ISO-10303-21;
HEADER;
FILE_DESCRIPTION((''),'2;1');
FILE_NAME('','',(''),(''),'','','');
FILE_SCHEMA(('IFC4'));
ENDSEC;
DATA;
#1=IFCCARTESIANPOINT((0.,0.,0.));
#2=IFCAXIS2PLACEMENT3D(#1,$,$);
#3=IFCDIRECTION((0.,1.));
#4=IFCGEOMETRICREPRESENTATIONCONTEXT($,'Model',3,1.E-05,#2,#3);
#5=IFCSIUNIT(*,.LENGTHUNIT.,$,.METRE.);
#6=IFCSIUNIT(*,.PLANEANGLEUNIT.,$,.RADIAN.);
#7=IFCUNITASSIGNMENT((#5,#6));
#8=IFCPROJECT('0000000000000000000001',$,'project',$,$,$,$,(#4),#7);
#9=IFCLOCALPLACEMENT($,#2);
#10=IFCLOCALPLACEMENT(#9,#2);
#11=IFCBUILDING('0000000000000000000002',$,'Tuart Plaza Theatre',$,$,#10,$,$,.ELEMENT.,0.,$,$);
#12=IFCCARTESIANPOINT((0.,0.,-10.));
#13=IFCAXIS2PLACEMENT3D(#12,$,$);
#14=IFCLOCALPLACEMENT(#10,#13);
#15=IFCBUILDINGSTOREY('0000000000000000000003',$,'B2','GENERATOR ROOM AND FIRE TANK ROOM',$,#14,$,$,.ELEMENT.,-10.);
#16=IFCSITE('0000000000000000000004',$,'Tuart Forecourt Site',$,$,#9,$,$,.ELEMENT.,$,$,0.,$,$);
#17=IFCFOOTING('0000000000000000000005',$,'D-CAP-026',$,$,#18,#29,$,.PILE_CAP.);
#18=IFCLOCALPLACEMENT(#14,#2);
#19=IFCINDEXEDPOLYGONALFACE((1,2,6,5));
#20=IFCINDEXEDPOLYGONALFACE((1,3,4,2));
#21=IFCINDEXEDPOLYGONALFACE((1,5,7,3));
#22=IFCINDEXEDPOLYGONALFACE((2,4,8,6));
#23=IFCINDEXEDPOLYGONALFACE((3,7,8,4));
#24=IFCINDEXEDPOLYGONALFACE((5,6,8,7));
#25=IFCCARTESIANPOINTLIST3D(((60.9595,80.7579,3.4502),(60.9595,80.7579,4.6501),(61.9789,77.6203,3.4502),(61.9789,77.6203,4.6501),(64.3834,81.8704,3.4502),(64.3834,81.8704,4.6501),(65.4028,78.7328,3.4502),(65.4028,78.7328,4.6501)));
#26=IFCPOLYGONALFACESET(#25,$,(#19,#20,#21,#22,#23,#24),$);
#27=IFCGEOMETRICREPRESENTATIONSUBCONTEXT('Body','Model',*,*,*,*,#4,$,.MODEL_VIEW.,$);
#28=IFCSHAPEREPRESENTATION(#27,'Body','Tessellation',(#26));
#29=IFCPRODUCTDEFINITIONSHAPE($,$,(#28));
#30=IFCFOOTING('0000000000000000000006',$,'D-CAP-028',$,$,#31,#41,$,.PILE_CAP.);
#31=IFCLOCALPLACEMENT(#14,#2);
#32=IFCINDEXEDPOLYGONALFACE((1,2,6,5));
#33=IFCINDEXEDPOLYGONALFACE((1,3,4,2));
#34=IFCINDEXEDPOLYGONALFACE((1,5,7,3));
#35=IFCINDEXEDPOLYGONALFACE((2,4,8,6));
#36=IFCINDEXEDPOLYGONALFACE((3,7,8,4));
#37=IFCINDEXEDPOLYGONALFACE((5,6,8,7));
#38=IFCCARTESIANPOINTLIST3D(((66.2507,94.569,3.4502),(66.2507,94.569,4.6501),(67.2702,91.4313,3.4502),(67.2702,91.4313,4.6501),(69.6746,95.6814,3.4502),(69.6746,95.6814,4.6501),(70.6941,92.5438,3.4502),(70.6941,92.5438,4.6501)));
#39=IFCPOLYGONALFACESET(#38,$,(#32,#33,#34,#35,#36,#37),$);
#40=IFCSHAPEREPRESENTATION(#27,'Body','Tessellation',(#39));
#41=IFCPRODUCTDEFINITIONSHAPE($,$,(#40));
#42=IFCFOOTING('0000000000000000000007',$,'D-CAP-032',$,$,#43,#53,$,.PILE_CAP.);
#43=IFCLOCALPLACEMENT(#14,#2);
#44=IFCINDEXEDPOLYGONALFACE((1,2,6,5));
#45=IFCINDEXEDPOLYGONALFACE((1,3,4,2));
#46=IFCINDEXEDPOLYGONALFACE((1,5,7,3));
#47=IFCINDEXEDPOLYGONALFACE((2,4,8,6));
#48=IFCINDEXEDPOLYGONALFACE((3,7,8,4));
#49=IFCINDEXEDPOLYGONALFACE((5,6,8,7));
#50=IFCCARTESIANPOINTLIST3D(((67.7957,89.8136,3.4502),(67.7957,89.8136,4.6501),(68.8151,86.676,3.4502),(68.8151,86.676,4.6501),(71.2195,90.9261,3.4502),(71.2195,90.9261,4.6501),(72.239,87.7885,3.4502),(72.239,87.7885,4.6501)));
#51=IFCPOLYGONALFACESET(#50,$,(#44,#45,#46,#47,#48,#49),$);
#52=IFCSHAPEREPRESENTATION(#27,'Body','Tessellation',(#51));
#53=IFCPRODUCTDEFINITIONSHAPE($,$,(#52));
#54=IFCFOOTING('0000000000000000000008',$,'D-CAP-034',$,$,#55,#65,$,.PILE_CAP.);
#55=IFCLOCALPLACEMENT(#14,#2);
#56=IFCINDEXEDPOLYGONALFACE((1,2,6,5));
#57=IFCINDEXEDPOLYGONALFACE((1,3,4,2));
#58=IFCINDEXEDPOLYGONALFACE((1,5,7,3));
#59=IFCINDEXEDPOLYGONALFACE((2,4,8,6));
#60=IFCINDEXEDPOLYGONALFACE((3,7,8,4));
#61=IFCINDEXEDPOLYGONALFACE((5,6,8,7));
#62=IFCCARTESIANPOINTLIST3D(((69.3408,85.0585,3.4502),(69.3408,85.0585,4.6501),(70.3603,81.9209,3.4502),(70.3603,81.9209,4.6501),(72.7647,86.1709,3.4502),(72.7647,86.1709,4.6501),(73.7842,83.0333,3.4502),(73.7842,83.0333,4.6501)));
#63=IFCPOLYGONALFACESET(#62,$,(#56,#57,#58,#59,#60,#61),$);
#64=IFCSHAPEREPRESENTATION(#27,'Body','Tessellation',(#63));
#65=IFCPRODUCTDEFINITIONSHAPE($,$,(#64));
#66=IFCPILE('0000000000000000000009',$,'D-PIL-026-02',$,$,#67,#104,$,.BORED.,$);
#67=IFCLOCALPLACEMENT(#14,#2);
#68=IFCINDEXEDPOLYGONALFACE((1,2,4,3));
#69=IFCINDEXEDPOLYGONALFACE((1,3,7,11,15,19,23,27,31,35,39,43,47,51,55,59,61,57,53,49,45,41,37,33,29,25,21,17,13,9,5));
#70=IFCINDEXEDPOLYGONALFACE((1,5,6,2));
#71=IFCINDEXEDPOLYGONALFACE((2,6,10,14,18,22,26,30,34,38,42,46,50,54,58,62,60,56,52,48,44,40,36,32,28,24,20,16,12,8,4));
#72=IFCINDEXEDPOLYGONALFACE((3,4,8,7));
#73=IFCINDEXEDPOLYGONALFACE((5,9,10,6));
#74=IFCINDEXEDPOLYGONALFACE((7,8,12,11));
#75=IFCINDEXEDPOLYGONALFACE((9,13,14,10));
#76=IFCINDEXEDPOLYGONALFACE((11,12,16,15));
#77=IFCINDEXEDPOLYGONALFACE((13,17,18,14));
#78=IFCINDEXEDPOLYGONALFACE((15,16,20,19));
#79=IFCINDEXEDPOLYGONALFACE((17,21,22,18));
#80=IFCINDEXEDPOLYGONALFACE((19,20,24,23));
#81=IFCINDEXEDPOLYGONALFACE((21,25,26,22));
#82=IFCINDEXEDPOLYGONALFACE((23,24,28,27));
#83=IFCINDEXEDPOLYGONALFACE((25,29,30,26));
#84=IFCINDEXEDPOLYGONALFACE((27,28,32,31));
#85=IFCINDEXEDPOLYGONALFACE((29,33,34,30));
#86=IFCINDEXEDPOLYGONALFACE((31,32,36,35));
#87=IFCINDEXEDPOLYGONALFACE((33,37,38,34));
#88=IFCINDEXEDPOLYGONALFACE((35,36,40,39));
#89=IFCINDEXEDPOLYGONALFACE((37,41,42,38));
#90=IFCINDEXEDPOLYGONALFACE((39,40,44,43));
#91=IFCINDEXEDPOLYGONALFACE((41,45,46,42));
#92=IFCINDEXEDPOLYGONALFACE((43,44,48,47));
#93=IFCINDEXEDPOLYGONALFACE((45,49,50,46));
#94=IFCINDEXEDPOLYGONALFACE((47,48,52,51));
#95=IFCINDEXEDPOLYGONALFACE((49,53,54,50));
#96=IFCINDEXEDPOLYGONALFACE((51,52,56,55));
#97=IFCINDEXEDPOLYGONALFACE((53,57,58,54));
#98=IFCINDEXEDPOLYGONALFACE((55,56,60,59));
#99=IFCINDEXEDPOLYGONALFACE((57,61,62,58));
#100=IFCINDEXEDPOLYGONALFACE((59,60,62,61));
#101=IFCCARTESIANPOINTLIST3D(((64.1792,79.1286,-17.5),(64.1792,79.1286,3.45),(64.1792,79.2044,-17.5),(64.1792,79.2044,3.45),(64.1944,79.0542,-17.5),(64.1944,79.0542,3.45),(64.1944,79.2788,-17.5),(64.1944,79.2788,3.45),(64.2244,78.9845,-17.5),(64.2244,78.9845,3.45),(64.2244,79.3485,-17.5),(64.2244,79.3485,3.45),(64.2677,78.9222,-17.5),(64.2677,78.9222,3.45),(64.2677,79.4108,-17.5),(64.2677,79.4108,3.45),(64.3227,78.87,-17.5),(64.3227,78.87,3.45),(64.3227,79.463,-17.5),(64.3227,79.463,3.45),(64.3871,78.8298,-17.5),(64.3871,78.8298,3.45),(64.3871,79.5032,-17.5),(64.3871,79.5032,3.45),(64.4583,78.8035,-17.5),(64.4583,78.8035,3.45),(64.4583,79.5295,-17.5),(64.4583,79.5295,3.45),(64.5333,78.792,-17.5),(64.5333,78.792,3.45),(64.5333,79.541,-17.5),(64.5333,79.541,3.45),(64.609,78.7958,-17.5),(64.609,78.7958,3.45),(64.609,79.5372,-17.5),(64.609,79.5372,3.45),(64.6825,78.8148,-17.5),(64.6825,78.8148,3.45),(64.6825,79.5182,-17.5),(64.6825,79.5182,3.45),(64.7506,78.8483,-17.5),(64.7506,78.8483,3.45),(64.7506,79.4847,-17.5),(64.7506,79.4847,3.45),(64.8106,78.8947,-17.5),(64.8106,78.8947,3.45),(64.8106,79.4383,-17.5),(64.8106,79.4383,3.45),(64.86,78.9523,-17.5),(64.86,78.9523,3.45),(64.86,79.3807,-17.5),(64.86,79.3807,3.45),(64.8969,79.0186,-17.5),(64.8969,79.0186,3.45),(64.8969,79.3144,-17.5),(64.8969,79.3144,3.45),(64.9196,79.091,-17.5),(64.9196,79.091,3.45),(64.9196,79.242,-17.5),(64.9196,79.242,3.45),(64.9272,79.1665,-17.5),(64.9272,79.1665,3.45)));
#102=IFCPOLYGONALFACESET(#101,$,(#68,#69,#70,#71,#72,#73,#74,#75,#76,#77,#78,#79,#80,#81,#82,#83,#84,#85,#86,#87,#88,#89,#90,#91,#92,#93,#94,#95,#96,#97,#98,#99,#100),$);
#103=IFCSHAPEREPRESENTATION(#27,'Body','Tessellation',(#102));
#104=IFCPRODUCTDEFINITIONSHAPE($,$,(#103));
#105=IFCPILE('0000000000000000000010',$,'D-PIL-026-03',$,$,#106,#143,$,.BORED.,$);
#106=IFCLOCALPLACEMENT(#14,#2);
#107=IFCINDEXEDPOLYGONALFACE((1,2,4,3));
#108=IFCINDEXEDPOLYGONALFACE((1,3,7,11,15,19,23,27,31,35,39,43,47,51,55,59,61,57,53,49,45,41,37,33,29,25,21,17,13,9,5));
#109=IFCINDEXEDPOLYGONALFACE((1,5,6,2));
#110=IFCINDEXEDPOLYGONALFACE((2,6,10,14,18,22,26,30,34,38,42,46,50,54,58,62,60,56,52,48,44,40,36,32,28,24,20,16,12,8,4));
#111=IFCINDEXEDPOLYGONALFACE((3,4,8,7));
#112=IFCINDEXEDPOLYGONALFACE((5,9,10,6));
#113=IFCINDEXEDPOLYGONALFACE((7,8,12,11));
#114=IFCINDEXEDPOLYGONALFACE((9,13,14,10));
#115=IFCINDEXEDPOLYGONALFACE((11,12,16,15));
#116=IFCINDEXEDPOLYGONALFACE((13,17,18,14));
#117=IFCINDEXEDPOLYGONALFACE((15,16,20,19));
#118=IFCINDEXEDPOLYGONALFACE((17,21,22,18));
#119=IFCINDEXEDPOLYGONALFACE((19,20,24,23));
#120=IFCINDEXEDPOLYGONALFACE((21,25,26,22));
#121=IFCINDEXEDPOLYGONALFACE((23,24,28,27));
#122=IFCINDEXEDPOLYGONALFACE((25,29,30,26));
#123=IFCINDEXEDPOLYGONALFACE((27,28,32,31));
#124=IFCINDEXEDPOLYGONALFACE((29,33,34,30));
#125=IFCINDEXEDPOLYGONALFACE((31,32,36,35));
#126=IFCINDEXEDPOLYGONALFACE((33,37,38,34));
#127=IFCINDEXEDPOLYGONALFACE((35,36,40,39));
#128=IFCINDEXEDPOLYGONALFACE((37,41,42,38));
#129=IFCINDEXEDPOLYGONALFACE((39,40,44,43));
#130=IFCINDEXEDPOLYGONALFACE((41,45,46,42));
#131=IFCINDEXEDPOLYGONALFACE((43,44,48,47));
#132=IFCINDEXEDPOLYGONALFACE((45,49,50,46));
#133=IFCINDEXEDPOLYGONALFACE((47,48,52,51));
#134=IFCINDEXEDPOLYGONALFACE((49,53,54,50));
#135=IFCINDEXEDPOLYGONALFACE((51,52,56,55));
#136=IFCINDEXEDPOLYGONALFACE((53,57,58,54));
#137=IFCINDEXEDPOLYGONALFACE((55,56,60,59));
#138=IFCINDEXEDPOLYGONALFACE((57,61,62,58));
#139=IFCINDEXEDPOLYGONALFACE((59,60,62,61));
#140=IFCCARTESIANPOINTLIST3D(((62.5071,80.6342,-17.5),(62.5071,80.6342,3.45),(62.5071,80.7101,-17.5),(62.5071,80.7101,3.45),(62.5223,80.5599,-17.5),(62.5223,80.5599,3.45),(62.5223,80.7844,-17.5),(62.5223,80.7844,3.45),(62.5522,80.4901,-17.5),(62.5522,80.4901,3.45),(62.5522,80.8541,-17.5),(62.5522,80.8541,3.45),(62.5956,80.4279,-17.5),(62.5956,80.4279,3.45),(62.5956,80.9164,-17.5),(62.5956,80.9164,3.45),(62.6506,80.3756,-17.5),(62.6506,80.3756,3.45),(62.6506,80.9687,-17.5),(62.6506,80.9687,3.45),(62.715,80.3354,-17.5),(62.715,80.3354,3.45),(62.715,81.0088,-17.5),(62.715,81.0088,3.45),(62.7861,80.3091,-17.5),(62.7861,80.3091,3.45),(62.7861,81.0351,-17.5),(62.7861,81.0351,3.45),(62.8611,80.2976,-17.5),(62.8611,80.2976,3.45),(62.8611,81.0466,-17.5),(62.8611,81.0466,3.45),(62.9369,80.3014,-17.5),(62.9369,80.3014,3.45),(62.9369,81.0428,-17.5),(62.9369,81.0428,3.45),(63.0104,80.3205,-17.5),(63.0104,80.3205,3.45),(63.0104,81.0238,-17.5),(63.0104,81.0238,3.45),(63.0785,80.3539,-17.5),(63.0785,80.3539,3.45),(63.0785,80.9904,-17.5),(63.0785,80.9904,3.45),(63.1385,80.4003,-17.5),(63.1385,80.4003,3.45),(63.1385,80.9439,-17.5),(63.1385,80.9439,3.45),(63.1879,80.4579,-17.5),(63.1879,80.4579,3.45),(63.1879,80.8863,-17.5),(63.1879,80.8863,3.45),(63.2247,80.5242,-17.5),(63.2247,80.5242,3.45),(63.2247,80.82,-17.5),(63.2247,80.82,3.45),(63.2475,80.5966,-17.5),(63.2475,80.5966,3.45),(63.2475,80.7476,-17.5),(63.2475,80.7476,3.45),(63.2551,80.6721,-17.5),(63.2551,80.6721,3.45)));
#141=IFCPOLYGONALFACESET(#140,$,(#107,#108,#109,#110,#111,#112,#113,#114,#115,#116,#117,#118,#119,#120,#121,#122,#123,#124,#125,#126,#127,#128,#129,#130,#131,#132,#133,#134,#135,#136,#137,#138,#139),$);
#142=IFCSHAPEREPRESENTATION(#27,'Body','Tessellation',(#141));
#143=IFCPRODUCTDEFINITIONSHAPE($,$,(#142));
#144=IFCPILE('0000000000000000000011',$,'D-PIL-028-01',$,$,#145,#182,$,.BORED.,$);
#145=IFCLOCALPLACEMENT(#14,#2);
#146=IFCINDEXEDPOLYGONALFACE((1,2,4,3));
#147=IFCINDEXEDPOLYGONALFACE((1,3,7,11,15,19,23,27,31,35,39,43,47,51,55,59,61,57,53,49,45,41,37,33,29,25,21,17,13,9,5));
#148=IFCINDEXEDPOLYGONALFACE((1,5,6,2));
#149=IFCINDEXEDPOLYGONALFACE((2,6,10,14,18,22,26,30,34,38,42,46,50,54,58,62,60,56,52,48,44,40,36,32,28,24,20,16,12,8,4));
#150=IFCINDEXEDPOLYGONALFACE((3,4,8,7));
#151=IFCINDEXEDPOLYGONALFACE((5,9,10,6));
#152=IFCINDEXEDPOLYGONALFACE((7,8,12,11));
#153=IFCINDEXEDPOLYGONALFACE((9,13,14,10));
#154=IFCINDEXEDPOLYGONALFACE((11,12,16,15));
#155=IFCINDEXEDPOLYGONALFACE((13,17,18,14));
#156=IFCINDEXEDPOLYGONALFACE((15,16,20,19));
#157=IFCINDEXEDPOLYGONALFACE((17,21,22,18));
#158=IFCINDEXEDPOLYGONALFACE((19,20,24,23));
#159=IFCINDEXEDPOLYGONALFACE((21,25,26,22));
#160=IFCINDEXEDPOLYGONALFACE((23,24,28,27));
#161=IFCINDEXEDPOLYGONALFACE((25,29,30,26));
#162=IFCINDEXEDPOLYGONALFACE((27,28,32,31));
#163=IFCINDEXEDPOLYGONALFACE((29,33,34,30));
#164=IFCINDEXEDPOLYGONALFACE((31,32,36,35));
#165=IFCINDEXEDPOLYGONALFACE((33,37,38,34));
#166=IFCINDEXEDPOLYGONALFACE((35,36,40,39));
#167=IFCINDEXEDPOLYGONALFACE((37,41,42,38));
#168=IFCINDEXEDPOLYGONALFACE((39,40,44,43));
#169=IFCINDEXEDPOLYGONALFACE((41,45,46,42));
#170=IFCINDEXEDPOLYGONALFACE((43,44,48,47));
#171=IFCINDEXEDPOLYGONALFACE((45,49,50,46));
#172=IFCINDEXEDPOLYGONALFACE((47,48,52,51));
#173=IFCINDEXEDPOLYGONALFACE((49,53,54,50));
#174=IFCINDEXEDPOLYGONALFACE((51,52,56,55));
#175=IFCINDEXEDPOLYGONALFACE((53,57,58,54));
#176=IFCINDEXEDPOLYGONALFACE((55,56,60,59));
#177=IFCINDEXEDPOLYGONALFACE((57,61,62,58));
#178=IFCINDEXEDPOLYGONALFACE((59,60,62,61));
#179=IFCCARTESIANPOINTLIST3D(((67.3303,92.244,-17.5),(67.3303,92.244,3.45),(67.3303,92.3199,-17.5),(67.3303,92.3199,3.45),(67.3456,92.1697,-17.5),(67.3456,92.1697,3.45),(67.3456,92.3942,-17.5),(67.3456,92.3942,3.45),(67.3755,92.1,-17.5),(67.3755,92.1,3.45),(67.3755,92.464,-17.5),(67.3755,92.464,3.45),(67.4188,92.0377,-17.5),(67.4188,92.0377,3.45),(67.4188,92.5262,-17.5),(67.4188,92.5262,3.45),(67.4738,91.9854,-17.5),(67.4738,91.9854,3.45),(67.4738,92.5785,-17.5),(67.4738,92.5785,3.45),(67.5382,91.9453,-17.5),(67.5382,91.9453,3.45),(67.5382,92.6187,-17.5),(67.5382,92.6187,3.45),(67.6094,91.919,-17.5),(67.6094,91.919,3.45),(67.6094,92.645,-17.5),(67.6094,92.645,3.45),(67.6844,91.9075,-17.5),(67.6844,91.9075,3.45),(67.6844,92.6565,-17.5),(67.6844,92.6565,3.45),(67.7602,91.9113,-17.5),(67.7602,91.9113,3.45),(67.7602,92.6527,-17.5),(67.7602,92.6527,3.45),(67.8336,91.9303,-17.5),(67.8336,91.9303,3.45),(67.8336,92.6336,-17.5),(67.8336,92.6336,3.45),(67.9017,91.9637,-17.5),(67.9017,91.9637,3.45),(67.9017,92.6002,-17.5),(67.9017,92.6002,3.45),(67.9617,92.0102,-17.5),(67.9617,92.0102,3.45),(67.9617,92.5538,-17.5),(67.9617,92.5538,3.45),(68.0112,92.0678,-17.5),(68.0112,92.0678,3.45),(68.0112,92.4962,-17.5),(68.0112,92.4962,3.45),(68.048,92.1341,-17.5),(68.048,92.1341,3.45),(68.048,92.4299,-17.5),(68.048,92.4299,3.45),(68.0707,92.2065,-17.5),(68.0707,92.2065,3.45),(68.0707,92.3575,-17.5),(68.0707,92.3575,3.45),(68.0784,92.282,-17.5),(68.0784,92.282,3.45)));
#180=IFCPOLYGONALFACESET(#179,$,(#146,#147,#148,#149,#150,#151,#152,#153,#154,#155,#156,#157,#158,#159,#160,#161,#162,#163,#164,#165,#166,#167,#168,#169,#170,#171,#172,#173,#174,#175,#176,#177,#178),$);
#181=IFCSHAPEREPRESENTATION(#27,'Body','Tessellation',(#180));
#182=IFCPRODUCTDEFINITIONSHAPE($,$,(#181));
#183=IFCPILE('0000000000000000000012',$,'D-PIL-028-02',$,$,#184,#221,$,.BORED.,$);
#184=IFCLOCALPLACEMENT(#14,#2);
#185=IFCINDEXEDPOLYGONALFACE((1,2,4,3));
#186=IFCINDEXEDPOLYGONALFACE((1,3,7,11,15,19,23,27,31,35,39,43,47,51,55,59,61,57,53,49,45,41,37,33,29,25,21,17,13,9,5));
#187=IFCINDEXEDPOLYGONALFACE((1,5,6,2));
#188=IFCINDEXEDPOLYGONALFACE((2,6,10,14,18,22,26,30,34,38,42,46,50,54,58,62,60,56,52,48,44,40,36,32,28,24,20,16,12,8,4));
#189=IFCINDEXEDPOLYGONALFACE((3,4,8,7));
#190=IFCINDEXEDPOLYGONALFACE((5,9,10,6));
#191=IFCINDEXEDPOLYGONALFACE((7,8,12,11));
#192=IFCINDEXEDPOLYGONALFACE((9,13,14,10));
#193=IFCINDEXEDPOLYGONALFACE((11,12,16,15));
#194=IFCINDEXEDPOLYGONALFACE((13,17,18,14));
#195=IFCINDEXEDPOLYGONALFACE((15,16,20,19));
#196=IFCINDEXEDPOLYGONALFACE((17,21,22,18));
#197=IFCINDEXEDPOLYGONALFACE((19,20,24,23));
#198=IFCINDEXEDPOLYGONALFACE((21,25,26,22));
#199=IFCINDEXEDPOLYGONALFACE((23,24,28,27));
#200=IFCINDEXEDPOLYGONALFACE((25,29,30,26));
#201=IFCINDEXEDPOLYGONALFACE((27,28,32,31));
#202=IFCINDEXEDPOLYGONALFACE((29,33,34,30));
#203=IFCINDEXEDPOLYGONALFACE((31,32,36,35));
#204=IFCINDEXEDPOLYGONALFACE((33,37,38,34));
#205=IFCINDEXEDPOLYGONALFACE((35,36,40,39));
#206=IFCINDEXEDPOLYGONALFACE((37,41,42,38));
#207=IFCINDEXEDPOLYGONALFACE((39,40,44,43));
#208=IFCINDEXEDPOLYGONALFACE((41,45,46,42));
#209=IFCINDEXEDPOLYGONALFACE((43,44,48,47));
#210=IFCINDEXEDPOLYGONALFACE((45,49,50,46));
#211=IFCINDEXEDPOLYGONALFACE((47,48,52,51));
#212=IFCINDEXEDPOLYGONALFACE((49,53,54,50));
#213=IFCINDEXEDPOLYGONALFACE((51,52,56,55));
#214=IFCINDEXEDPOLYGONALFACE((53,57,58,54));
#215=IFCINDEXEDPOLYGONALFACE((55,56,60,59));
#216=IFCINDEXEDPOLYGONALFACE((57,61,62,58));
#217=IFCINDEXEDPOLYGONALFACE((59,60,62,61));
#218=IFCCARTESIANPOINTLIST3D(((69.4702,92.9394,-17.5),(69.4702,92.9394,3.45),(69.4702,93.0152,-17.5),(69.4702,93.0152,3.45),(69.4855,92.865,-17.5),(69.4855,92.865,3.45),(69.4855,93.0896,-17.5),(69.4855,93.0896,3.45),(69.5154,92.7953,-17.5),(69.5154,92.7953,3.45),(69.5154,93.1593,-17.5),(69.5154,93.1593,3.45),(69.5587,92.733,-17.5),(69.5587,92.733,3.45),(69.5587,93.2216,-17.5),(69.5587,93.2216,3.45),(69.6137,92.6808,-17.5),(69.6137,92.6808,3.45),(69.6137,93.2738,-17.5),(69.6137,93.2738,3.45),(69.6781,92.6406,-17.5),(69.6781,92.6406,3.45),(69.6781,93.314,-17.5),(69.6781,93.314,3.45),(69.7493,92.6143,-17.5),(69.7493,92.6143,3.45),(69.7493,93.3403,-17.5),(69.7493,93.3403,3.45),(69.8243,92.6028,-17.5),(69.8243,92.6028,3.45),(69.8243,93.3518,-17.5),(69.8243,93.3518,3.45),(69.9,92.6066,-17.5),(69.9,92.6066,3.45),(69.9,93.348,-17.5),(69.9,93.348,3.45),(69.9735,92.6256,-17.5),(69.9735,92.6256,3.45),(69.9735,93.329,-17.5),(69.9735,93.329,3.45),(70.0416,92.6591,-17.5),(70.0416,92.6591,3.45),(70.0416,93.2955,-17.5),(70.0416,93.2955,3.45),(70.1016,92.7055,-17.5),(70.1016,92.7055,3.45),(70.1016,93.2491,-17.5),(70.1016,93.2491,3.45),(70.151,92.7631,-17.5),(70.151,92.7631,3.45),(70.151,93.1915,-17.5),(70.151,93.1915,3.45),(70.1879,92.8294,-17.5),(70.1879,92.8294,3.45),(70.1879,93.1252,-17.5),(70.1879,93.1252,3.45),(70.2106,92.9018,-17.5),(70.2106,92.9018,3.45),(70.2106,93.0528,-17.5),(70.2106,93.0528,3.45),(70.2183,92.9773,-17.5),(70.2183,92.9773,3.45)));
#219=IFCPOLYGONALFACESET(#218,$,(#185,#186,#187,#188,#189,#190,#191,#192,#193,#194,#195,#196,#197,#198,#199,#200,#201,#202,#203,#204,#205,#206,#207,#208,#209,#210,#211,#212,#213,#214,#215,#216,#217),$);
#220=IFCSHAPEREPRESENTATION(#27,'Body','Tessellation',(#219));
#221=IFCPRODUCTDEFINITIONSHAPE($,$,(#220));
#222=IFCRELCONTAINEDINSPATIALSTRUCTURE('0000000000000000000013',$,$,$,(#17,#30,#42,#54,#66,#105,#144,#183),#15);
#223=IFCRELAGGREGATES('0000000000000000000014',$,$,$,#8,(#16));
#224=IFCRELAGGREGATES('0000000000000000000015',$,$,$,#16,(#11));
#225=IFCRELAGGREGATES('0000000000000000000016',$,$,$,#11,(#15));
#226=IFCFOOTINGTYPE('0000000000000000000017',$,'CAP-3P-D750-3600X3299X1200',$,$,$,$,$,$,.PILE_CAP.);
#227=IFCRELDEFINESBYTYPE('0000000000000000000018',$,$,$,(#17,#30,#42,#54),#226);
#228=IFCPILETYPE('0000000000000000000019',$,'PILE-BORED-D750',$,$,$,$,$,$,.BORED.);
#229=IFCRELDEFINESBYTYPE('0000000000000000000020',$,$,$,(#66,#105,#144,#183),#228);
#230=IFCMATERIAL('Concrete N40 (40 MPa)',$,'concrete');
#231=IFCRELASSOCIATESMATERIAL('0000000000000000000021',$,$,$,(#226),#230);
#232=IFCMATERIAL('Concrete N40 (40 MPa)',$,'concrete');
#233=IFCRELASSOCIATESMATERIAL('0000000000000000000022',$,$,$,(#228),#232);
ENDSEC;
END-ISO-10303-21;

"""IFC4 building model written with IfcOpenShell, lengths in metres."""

from ifc_helpers import new_model, si_unit, direction, frame, origin, origin_2d, place, context, subcontext, project, spatial, rectangle, circle, extrude, material, material_profile, profile_set, type_object, element, save


model = new_model("IFC4")

# Units and contexts
model_context = context("Model", 3, precision=1e-05, world=origin(), true_north=direction((0.0, 1.0)))
body_context = subcontext(model_context, "Body", "Model", "MODEL_VIEW")
ifc_project = project(units=[si_unit("LENGTHUNIT", "METRE"), si_unit("PLANEANGLEUNIT", "RADIAN")], contexts=[model_context])

# Site, building, storey
site_placement = place(None, origin())
site = spatial("IfcSite", under=ifc_project, at=site_placement, Name="Tuart Forecourt Site", CompositionType="ELEMENT", RefElevation=0.0)
building_placement = place(site_placement, origin())
building = spatial("IfcBuilding", under=site, at=building_placement, Name="Tuart Plaza Theatre", CompositionType="ELEMENT", ElevationOfRefHeight=0.0)
storey_placement = place(building_placement, frame((0.0, 0.0, -10.0)))
storey = spatial("IfcBuildingStorey", under=building, at=storey_placement, Name="B2", Description="GENERATOR ROOM AND FIRE TANK ROOM", CompositionType="ELEMENT", Elevation=-10.0)

# Footings
ifc_material_1 = material(Name="Concrete N40 (40 MPa)", Category="concrete")
footing_type = type_object("IfcFootingType", Name="CAP-3P-D750-3600X3299X1200", PredefinedType="PILE_CAP", material=ifc_material_1)
for number, where, z_axis, x_axis, name in (
    (1, (63.1812, 79.7454, 3.4502), (0.0, 0.0, 1.0), (0.951057, 0.309017, 0.0), "D-CAP-026"),
    (2, (68.4724, 93.5564, 3.4502), (0.0, 0.0, 1.0), (0.951057, 0.309017, 0.0), "D-CAP-028"),
    (3, (70.0173, 88.801, 3.4502), (0.0, 0.0, 1.0), (0.951057, 0.309017, 0.0), "D-CAP-032"),
    (4, (71.5625, 84.0459, 3.4502), (0.0, 0.0, 1.0), (0.951057, 0.309017, 0.0), "D-CAP-034"),
):
    element("IfcFooting", number, at=place(storey_placement, frame(where, z_axis=z_axis, x_axis=x_axis)), inside=storey, type_object=footing_type, Name=name, PredefinedType="PILE_CAP", context=body_context, shape_type="SweptSolid", body=[
        extrude(rectangle(XDim=3.6001, YDim=3.2991, at=origin_2d()), origin(), (0.0, 0.0, 1.0), 1.2),
    ])

# Piles
ifc_material_2 = material(Name="Concrete N40 (40 MPa)", Category="concrete")
ifc_material_profile_1 = material_profile(ifc_material_2, circle(Radius=0.375, at=origin_2d()), Name="PILE-BORED-D750")
ifc_profile_set_1 = profile_set([ifc_material_profile_1], Name="Concrete N40 (40 MPa)")
pile_type_1 = type_object("IfcPileType", Name="PILE-BORED-D750", PredefinedType="BORED", material=ifc_profile_set_1)
for number, where, z_axis, x_axis, name in (
    (5, (64.5522, 79.1665, 3.45), (0.0, 0.0, -1.0), (1.0, 0.0, 0.0), "D-PIL-026-02"),
    (6, (62.8801, 80.6721, 3.45), (0.0, 0.0, -1.0), (1.0, 0.0, 0.0), "D-PIL-026-03"),
    (7, (67.7034, 92.282, 3.45), (0.0, 0.0, -1.0), (1.0, 0.0, 0.0), "D-PIL-028-01"),
    (8, (69.8433, 92.9773, 3.45), (0.0, 0.0, -1.0), (1.0, 0.0, 0.0), "D-PIL-028-02"),
):
    element("IfcPile", number, at=place(storey_placement, frame(where, z_axis=z_axis, x_axis=x_axis)), inside=storey, type_object=pile_type_1, Name=name, PredefinedType="BORED", context=body_context, shape_type="SweptSolid", body=[
        extrude(circle(Radius=0.375, at=origin_2d()), origin(), (0.0, 0.0, 1.0), 20.95),
    ])

save(model, "model.ifc")
